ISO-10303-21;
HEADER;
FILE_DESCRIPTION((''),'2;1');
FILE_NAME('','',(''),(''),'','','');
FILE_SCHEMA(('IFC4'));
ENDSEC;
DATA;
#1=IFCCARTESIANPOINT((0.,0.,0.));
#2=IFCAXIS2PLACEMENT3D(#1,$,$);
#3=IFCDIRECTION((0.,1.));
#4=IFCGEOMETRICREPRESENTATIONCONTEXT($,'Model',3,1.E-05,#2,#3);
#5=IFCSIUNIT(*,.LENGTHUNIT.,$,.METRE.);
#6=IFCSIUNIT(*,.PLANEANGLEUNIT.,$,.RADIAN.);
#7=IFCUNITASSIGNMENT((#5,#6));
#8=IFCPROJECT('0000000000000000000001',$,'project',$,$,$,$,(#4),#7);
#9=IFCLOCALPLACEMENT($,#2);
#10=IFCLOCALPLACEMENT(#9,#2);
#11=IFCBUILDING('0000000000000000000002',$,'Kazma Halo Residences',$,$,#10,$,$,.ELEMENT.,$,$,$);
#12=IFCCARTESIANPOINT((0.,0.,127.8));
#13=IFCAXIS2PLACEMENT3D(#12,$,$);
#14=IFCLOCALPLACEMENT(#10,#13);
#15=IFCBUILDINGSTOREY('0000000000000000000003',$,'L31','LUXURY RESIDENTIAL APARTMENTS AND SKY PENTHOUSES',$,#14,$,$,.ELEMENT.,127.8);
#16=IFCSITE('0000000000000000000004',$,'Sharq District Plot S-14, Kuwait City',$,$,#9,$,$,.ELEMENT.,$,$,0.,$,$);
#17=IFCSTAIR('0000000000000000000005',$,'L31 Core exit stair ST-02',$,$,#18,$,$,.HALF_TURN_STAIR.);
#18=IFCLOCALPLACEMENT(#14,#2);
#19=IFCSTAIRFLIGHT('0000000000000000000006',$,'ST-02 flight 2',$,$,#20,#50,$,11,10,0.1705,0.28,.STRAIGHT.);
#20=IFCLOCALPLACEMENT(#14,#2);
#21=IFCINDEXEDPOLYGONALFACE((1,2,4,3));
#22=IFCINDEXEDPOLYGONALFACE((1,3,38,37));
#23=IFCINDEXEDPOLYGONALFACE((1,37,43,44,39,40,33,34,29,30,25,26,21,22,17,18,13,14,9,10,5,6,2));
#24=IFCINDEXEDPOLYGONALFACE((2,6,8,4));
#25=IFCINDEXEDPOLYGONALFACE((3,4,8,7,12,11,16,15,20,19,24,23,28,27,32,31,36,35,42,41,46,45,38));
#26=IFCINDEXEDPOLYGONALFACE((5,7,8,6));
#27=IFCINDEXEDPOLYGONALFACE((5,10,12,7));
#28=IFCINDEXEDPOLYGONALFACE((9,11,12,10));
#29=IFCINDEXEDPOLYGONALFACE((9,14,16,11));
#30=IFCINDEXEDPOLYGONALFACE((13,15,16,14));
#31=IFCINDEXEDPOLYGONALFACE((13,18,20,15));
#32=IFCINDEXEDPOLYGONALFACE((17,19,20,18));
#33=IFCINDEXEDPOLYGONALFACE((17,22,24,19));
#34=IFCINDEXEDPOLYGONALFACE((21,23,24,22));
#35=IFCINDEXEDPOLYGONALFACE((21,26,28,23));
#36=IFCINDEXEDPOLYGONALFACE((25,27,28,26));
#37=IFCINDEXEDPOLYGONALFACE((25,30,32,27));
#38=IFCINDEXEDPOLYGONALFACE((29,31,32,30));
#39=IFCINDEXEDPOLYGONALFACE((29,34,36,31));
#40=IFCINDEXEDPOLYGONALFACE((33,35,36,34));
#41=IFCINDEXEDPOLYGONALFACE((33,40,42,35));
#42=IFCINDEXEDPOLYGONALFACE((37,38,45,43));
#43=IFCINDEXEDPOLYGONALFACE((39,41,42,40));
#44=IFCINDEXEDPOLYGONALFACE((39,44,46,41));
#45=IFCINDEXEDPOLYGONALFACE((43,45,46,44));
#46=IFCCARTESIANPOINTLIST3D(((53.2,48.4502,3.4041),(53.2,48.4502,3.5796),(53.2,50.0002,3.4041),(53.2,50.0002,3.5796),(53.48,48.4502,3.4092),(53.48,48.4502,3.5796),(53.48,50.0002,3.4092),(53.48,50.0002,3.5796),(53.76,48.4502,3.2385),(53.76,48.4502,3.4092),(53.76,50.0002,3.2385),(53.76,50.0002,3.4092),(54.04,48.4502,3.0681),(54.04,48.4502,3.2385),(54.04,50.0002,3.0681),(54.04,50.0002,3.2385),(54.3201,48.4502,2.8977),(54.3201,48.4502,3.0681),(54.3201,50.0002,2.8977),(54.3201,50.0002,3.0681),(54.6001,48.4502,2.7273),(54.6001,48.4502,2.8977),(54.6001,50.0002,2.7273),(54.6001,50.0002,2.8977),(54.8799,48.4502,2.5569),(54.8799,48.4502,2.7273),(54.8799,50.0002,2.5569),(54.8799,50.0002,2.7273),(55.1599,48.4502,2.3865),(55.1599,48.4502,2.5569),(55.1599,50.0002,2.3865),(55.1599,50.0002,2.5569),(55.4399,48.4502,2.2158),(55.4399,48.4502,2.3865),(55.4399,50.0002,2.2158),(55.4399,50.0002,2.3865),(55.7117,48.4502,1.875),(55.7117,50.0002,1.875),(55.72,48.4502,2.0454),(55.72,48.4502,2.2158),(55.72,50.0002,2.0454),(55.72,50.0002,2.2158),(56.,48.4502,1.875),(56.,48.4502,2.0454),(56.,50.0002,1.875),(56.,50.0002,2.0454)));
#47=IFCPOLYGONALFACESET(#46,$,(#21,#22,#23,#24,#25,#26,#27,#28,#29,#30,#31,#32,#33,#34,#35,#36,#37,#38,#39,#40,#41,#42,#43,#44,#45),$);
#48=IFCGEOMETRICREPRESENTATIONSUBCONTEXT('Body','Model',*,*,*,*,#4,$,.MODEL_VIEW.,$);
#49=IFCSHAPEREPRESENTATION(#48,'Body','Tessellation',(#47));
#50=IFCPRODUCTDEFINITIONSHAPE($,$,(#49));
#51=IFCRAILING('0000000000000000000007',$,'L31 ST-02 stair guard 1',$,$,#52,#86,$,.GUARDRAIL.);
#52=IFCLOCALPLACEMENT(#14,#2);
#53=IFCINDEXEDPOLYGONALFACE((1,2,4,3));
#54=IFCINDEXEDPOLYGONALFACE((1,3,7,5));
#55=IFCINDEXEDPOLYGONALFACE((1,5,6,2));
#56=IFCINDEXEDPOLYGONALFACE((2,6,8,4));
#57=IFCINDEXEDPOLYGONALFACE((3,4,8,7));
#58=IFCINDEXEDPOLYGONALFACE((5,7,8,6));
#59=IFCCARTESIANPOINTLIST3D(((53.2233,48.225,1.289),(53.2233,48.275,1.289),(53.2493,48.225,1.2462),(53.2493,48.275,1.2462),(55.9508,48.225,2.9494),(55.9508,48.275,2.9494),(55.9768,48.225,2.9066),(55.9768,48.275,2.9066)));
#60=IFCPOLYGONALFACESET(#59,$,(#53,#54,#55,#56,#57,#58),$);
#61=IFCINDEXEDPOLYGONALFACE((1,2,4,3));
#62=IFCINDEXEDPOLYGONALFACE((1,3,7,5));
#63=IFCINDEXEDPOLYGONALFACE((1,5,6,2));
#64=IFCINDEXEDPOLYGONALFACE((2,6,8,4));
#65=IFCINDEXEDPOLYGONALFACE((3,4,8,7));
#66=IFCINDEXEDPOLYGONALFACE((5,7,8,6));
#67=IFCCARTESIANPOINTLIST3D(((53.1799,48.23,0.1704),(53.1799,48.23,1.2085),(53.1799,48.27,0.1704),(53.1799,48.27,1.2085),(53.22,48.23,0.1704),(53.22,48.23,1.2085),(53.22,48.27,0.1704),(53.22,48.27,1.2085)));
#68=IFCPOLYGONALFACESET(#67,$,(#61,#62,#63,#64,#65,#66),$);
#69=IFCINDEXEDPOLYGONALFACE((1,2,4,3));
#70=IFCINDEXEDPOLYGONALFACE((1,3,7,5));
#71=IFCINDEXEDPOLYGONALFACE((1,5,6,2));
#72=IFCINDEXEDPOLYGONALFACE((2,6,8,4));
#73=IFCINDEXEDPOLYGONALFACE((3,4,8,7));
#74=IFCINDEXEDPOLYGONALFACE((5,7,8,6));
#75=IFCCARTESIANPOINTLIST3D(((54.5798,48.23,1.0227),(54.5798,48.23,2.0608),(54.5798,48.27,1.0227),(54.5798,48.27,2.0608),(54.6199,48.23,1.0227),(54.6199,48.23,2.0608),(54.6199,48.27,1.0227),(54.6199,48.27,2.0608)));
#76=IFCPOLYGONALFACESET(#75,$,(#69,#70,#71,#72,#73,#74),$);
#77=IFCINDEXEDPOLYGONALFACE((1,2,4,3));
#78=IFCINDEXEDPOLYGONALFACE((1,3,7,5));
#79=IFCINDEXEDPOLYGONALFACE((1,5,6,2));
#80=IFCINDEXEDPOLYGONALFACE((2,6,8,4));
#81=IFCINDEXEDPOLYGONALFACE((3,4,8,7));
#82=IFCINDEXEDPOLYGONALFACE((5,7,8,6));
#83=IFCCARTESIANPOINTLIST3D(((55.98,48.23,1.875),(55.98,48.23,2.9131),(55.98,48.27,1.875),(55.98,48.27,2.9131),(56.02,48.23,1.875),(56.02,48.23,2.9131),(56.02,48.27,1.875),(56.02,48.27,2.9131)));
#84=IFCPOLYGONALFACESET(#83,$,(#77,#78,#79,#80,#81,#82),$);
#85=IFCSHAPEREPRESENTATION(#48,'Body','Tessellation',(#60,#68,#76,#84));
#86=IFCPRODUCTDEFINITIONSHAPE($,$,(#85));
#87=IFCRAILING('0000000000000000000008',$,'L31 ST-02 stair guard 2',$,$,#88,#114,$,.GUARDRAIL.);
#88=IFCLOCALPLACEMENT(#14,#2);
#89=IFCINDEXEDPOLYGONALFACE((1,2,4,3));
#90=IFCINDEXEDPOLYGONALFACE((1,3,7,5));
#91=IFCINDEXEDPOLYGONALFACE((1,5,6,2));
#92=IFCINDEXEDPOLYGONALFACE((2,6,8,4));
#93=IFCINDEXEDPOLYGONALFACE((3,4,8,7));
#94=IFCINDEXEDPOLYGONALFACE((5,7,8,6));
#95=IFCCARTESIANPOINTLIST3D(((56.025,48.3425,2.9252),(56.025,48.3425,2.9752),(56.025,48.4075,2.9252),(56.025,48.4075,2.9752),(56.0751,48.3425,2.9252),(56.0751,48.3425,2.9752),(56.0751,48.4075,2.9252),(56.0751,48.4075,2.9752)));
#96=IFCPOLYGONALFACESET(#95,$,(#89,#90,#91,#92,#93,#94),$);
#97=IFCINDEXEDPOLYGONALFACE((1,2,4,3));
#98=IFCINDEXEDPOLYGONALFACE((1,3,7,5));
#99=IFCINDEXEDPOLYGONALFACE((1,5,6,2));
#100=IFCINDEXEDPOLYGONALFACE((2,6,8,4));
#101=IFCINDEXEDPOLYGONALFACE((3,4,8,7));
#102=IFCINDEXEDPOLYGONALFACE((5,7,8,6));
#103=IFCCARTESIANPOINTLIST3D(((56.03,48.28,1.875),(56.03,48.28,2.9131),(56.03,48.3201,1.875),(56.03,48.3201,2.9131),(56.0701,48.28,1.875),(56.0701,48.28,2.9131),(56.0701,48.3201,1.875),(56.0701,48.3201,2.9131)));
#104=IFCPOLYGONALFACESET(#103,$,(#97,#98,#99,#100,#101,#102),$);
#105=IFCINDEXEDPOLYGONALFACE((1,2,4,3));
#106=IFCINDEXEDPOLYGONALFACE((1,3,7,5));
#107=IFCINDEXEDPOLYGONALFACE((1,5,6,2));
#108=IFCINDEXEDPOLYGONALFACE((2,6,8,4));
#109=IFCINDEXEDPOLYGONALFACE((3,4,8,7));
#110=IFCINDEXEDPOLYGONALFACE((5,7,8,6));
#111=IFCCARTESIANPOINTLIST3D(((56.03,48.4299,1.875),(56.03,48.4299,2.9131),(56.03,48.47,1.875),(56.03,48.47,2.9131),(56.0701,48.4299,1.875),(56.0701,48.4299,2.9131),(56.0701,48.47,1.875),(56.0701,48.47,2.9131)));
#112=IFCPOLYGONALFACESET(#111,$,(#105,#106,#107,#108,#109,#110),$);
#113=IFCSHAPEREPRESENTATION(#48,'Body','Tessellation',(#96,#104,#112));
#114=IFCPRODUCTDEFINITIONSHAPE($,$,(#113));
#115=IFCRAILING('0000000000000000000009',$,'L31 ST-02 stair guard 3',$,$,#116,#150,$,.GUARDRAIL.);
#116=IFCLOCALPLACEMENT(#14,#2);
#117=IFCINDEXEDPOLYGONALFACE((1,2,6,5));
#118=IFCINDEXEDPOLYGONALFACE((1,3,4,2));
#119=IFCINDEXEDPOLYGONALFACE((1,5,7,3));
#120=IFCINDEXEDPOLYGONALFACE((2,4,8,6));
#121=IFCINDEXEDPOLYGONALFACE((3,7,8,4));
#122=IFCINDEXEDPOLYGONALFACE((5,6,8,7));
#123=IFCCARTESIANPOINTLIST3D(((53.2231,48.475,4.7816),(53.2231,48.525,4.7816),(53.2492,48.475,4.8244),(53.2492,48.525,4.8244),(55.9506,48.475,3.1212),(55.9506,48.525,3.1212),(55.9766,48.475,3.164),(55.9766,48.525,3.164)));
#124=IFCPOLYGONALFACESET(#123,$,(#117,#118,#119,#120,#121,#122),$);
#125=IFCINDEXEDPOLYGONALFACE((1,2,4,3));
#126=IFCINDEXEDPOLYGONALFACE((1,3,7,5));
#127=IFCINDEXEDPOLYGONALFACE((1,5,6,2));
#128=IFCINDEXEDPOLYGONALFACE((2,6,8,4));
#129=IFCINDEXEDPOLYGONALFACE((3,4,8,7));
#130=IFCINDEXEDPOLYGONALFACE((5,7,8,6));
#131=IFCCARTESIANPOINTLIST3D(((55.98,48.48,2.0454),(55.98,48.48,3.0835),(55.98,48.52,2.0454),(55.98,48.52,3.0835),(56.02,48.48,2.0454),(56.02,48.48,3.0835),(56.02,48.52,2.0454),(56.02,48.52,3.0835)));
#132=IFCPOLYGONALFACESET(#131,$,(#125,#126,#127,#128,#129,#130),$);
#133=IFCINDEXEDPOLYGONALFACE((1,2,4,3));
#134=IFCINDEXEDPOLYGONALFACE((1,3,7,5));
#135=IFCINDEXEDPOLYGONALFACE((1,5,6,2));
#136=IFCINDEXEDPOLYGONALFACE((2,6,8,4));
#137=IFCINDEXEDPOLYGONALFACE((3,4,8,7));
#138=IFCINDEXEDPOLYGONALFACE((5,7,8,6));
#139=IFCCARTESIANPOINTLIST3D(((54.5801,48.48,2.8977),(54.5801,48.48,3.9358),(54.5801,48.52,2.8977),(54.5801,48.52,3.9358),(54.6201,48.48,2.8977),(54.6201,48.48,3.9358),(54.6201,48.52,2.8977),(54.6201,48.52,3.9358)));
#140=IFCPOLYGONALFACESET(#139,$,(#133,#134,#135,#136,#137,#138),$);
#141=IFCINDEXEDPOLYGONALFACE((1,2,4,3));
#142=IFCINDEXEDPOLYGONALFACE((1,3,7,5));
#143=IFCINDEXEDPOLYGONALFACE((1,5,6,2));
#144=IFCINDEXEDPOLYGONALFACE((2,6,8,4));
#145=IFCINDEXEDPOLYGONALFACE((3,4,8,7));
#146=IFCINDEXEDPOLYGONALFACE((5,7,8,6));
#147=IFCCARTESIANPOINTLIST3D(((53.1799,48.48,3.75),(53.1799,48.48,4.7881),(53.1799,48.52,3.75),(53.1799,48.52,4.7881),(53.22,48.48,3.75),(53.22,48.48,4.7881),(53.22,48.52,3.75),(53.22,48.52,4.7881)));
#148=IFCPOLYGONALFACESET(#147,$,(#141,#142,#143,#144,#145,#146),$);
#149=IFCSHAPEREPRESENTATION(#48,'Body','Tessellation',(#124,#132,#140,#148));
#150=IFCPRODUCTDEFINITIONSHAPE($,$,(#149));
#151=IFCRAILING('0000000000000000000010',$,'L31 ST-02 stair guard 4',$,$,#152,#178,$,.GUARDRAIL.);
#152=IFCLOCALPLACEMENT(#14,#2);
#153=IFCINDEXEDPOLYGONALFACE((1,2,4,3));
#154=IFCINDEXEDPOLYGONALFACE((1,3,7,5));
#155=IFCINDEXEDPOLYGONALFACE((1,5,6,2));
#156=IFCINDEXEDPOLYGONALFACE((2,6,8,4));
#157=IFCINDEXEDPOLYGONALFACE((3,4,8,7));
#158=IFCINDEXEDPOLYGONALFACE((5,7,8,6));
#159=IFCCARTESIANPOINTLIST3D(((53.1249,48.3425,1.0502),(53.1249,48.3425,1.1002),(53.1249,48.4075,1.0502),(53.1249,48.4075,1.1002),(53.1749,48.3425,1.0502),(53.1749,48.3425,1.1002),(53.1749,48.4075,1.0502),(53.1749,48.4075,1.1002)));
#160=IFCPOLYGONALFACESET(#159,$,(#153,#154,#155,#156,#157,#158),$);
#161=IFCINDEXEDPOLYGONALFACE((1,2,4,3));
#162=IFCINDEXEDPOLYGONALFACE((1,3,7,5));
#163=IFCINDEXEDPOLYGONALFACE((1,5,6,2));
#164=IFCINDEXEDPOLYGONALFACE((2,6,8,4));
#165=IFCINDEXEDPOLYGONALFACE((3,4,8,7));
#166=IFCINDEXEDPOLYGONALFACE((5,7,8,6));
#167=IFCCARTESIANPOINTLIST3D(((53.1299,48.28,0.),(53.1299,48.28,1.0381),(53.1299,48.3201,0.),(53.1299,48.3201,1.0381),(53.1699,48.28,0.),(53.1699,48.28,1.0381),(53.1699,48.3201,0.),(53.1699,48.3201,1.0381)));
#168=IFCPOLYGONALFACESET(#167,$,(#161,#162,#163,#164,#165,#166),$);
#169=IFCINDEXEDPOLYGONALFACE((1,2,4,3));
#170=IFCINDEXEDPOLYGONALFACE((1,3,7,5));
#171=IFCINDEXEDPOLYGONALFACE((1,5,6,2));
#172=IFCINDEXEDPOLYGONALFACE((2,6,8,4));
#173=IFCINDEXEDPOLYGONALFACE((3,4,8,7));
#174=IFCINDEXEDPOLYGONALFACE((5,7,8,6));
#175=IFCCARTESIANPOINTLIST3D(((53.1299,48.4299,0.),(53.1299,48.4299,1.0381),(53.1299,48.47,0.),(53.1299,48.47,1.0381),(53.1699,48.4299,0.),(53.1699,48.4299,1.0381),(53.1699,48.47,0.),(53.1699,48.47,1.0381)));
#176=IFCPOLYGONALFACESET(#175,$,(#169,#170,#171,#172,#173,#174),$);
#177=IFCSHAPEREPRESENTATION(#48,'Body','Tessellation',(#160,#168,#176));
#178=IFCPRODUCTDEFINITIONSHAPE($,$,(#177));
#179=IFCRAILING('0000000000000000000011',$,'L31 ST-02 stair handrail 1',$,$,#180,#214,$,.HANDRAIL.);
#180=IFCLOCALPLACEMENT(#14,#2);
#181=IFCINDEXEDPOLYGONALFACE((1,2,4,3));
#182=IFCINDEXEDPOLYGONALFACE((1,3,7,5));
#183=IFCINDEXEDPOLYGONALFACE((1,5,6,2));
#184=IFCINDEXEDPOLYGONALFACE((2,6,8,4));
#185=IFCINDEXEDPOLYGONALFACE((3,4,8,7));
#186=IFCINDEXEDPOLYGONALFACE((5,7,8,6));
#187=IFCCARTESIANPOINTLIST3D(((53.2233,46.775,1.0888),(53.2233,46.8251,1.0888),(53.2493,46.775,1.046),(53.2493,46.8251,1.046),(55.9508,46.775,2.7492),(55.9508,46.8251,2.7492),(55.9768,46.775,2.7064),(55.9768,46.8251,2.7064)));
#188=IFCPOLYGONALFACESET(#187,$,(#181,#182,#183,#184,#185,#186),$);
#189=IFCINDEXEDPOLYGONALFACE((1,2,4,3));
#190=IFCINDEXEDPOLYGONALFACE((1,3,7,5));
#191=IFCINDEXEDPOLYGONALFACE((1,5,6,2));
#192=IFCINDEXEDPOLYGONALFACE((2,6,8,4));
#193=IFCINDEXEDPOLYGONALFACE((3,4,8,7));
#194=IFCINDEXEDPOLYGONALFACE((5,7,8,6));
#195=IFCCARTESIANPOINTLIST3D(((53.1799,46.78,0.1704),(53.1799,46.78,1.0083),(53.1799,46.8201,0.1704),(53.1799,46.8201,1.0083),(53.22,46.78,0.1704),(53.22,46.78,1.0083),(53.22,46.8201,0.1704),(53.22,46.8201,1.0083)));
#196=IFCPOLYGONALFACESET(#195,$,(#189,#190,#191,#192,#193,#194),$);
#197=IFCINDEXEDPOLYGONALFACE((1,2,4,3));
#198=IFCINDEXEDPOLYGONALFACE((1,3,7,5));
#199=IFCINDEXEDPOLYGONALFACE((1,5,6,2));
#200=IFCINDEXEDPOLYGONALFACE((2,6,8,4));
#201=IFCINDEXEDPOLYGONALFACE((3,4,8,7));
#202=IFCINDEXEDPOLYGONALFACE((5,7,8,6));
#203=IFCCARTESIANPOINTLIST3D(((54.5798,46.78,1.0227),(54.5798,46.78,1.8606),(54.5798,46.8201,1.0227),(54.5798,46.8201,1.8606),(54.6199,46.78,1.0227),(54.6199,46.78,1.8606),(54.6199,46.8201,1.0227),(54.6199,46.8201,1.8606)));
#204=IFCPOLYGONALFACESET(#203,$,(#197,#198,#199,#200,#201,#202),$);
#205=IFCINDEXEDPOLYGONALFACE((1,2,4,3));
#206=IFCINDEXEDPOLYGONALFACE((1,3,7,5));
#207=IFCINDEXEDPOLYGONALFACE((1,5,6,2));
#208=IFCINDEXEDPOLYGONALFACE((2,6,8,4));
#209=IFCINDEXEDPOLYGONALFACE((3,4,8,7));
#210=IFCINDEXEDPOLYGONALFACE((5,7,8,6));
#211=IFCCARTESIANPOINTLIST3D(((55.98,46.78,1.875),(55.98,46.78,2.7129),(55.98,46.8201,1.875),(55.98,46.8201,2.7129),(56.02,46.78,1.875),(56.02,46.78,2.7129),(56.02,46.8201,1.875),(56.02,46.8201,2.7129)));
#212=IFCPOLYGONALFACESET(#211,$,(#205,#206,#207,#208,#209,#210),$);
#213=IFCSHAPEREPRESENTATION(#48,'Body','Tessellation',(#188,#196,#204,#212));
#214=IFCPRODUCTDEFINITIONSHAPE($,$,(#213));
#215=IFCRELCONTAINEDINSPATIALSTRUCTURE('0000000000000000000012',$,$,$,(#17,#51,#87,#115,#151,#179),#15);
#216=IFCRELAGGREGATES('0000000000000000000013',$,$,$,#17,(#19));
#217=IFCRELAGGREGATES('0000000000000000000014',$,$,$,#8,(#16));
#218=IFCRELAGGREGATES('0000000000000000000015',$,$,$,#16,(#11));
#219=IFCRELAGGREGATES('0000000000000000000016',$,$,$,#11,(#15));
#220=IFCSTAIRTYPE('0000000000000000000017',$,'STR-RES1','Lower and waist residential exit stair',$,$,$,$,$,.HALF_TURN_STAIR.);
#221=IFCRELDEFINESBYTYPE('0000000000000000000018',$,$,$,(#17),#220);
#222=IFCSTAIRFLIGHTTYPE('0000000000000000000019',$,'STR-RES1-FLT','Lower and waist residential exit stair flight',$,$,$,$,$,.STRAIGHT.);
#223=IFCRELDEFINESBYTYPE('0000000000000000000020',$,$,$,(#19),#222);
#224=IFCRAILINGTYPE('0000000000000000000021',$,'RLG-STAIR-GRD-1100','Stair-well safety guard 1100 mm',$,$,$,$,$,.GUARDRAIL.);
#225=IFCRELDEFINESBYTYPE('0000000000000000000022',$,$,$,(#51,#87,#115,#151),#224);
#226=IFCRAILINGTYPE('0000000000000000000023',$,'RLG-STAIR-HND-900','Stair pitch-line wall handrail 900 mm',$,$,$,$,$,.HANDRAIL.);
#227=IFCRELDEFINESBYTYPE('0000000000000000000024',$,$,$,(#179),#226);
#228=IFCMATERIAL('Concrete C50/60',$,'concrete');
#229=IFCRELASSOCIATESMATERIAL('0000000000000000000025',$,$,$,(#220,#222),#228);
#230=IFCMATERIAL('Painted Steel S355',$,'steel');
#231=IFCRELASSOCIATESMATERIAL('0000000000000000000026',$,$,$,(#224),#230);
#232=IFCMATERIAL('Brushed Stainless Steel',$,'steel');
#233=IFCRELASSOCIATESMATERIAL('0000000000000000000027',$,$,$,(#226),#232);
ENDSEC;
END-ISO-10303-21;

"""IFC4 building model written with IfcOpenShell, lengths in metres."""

from ifc_helpers import new_model, si_unit, direction, frame, origin, origin_2d, place, context, subcontext, project, spatial, polyline, rectangle, outline, extrude, material, type_object, element, aggregate, save


model = new_model("IFC4")

# Units and contexts
model_context = context("Model", 3, precision=1e-05, world=origin(), true_north=direction((0.0, 1.0)))
body_context = subcontext(model_context, "Body", "Model", "MODEL_VIEW")
ifc_project = project(units=[si_unit("LENGTHUNIT", "METRE"), si_unit("PLANEANGLEUNIT", "RADIAN")], contexts=[model_context])

# Site, building, storey
site_placement = place(None, origin())
site = spatial("IfcSite", under=ifc_project, at=site_placement, Name="Sharq District Plot S-14, Kuwait City", CompositionType="ELEMENT", RefElevation=0.0)
building_placement = place(site_placement, origin())
building = spatial("IfcBuilding", under=site, at=building_placement, Name="Kazma Halo Residences", CompositionType="ELEMENT")
storey_placement = place(building_placement, frame((0.0, 0.0, 127.8)))
storey = spatial("IfcBuildingStorey", under=building, at=storey_placement, Name="L31", Description="LUXURY RESIDENTIAL APARTMENTS AND SKY PENTHOUSES", CompositionType="ELEMENT", Elevation=127.8)

# Shared definitions
ifc_material_1 = material(Name="Concrete C50/60", Category="concrete")

# Stair, stair flight
stair_type = type_object("IfcStairType", Name="STR-RES1", Description="Lower and waist residential exit stair", PredefinedType="HALF_TURN_STAIR", material=ifc_material_1)
stair_placement = place(storey_placement, origin())
stair = element("IfcStair", 1, at=stair_placement, inside=storey, type_object=stair_type, Name="L31 Core exit stair ST-02", PredefinedType="HALF_TURN_STAIR")
stair_flight_type = type_object("IfcStairFlightType", Name="STR-RES1-FLT", Description="Lower and waist residential exit stair flight", PredefinedType="STRAIGHT", material=ifc_material_1)
stair_flight_1_placement = place(storey_placement, frame((56.0, 49.2251, 1.875), z_axis=(0.0, 0.0, 1.0), x_axis=(-1.0, 0.0, 0.0)))
stair_flight_1 = element("IfcStairFlight", 2, at=stair_flight_1_placement, type_object=stair_flight_type, Name="ST-02 flight 2", NumberOfRisers=11, NumberOfTreads=10, PredefinedType="STRAIGHT", RiserHeight=0.1705, TreadLength=0.28, context=body_context, shape_type="SweptSolid", body=[
    extrude(outline(polyline([(0.0, 0.0), (0.0, 0.1704), (0.28, 0.1704), (0.28, 0.3408), (0.5601, 0.3408), (0.5601, 0.5115), (0.8401, 0.5115), (0.8401, 0.6819), (1.1201, 0.6819), (1.1201, 0.8523), (1.3999, 0.8523), (1.3999, 1.0227), (1.6799, 1.0227), (1.6799, 1.1931), (1.96, 1.1931), (1.96, 1.3635), (2.24, 1.3635), (2.24, 1.5342), (2.52, 1.5342), (2.52, 1.7046), (2.8, 1.7046), (2.8, 1.875), (2.8, 1.5291), (0.2883, 0.0), (0.0, 0.0)])), frame((0.0, 0.7749, 0.0), z_axis=(0.0, -1.0, 0.0), x_axis=(1.0, 0.0, 0.0)), (0.0, 0.0, 1.0), 1.55),
])
aggregate(stair, [stair_flight_1])

# Railings
ifc_material_2 = material(Name="Painted Steel S355", Category="steel")
railing_type_1 = type_object("IfcRailingType", Name="RLG-STAIR-GRD-1100", Description="Stair-well safety guard 1100 mm", PredefinedType="GUARDRAIL", material=ifc_material_2)
railing_1_placement = place(storey_placement, frame((53.2, 48.25, 0.1704)))
element("IfcRailing", 3, at=railing_1_placement, inside=storey, type_object=railing_type_1, Name="L31 ST-02 stair guard 1", PredefinedType="GUARDRAIL", context=body_context, shape_type="SweptSolid", body=[
    extrude(rectangle(XDim=0.05, YDim=0.05, at=origin_2d()), frame((0.0364, 0.0, 1.0972), z_axis=(0.85417, 0.0, 0.519994), x_axis=(0.0, 1.0, 0.0)), (0.0, 0.0, 1.0), 3.1931),
    extrude(rectangle(XDim=0.04, YDim=0.04, at=origin_2d()), origin(), (0.0, 0.0, 1.0), 1.0381),
    extrude(rectangle(XDim=0.04, YDim=0.04, at=origin_2d()), frame((1.3999, 0.0, 0.8523)), (0.0, 0.0, 1.0), 1.0381),
    extrude(rectangle(XDim=0.04, YDim=0.04, at=origin_2d()), frame((2.8, 0.0, 1.7046)), (0.0, 0.0, 1.0), 1.0381),
])
railing_2_placement = place(storey_placement, frame((56.05, 48.3, 1.875)))
element("IfcRailing", 4, at=railing_2_placement, inside=storey, type_object=railing_type_1, Name="L31 ST-02 stair guard 2", PredefinedType="GUARDRAIL", context=body_context, shape_type="SweptSolid", body=[
    extrude(rectangle(XDim=0.05, YDim=0.05, at=origin_2d()), frame((0.0, 0.0425, 1.0752), z_axis=(0.0, 1.0, 0.0), x_axis=(-1.0, 0.0, 0.0)), (0.0, 0.0, 1.0), 0.0649),
    extrude(rectangle(XDim=0.04, YDim=0.04, at=origin_2d()), origin(), (0.0, 0.0, 1.0), 1.0381),
    extrude(rectangle(XDim=0.04, YDim=0.04, at=origin_2d()), frame((0.0, 0.1499, 0.0)), (0.0, 0.0, 1.0), 1.0381),
])
railing_3_placement = place(storey_placement, frame((56.0, 48.5, 2.0454)))
element("IfcRailing", 5, at=railing_3_placement, inside=storey, type_object=railing_type_1, Name="L31 ST-02 stair guard 3", PredefinedType="GUARDRAIL", context=body_context, shape_type="SweptSolid", body=[
    extrude(rectangle(XDim=0.05, YDim=0.05, at=origin_2d()), frame((-0.0364, 0.0, 1.0972), z_axis=(-0.85417, 0.0, 0.519994), x_axis=(0.0, -1.0, 0.0)), (0.0, 0.0, 1.0), 3.1931),
    extrude(rectangle(XDim=0.04, YDim=0.04, at=origin_2d()), origin(), (0.0, 0.0, 1.0), 1.0381),
    extrude(rectangle(XDim=0.04, YDim=0.04, at=origin_2d()), frame((-1.3999, 0.0, 0.8523)), (0.0, 0.0, 1.0), 1.0381),
    extrude(rectangle(XDim=0.04, YDim=0.04, at=origin_2d()), frame((-2.8, 0.0, 1.7046)), (0.0, 0.0, 1.0), 1.0381),
])
railing_4_placement = place(storey_placement, frame((53.1499, 48.3, 0.0)))
element("IfcRailing", 6, at=railing_4_placement, inside=storey, type_object=railing_type_1, Name="L31 ST-02 stair guard 4", PredefinedType="GUARDRAIL", context=body_context, shape_type="SweptSolid", body=[
    extrude(rectangle(XDim=0.05, YDim=0.05, at=origin_2d()), frame((0.0, 0.0425, 1.0752), z_axis=(0.0, 1.0, 0.0), x_axis=(-1.0, 0.0, 0.0)), (0.0, 0.0, 1.0), 0.0649),
    extrude(rectangle(XDim=0.04, YDim=0.04, at=origin_2d()), origin(), (0.0, 0.0, 1.0), 1.0381),
    extrude(rectangle(XDim=0.04, YDim=0.04, at=origin_2d()), frame((0.0, 0.1499, 0.0)), (0.0, 0.0, 1.0), 1.0381),
])
ifc_material_3 = material(Name="Brushed Stainless Steel", Category="steel")
railing_type_2 = type_object("IfcRailingType", Name="RLG-STAIR-HND-900", Description="Stair pitch-line wall handrail 900 mm", PredefinedType="HANDRAIL", material=ifc_material_3)
railing_5_placement = place(storey_placement, frame((53.2, 46.8, 0.1704)))
element("IfcRailing", 7, at=railing_5_placement, inside=storey, type_object=railing_type_2, Name="L31 ST-02 stair handrail 1", PredefinedType="HANDRAIL", context=body_context, shape_type="SweptSolid", body=[
    extrude(rectangle(XDim=0.05, YDim=0.05, at=origin_2d()), frame((0.0364, 0.0, 0.897), z_axis=(0.85417, 0.0, 0.519994), x_axis=(0.0, 1.0, 0.0)), (0.0, 0.0, 1.0), 3.1931),
    extrude(rectangle(XDim=0.04, YDim=0.04, at=origin_2d()), origin(), (0.0, 0.0, 1.0), 0.8379),
    extrude(rectangle(XDim=0.04, YDim=0.04, at=origin_2d()), frame((1.3999, 0.0, 0.8523)), (0.0, 0.0, 1.0), 0.8379),
    extrude(rectangle(XDim=0.04, YDim=0.04, at=origin_2d()), frame((2.8, 0.0, 1.7046)), (0.0, 0.0, 1.0), 0.8379),
])

save(model, "model.ifc")
